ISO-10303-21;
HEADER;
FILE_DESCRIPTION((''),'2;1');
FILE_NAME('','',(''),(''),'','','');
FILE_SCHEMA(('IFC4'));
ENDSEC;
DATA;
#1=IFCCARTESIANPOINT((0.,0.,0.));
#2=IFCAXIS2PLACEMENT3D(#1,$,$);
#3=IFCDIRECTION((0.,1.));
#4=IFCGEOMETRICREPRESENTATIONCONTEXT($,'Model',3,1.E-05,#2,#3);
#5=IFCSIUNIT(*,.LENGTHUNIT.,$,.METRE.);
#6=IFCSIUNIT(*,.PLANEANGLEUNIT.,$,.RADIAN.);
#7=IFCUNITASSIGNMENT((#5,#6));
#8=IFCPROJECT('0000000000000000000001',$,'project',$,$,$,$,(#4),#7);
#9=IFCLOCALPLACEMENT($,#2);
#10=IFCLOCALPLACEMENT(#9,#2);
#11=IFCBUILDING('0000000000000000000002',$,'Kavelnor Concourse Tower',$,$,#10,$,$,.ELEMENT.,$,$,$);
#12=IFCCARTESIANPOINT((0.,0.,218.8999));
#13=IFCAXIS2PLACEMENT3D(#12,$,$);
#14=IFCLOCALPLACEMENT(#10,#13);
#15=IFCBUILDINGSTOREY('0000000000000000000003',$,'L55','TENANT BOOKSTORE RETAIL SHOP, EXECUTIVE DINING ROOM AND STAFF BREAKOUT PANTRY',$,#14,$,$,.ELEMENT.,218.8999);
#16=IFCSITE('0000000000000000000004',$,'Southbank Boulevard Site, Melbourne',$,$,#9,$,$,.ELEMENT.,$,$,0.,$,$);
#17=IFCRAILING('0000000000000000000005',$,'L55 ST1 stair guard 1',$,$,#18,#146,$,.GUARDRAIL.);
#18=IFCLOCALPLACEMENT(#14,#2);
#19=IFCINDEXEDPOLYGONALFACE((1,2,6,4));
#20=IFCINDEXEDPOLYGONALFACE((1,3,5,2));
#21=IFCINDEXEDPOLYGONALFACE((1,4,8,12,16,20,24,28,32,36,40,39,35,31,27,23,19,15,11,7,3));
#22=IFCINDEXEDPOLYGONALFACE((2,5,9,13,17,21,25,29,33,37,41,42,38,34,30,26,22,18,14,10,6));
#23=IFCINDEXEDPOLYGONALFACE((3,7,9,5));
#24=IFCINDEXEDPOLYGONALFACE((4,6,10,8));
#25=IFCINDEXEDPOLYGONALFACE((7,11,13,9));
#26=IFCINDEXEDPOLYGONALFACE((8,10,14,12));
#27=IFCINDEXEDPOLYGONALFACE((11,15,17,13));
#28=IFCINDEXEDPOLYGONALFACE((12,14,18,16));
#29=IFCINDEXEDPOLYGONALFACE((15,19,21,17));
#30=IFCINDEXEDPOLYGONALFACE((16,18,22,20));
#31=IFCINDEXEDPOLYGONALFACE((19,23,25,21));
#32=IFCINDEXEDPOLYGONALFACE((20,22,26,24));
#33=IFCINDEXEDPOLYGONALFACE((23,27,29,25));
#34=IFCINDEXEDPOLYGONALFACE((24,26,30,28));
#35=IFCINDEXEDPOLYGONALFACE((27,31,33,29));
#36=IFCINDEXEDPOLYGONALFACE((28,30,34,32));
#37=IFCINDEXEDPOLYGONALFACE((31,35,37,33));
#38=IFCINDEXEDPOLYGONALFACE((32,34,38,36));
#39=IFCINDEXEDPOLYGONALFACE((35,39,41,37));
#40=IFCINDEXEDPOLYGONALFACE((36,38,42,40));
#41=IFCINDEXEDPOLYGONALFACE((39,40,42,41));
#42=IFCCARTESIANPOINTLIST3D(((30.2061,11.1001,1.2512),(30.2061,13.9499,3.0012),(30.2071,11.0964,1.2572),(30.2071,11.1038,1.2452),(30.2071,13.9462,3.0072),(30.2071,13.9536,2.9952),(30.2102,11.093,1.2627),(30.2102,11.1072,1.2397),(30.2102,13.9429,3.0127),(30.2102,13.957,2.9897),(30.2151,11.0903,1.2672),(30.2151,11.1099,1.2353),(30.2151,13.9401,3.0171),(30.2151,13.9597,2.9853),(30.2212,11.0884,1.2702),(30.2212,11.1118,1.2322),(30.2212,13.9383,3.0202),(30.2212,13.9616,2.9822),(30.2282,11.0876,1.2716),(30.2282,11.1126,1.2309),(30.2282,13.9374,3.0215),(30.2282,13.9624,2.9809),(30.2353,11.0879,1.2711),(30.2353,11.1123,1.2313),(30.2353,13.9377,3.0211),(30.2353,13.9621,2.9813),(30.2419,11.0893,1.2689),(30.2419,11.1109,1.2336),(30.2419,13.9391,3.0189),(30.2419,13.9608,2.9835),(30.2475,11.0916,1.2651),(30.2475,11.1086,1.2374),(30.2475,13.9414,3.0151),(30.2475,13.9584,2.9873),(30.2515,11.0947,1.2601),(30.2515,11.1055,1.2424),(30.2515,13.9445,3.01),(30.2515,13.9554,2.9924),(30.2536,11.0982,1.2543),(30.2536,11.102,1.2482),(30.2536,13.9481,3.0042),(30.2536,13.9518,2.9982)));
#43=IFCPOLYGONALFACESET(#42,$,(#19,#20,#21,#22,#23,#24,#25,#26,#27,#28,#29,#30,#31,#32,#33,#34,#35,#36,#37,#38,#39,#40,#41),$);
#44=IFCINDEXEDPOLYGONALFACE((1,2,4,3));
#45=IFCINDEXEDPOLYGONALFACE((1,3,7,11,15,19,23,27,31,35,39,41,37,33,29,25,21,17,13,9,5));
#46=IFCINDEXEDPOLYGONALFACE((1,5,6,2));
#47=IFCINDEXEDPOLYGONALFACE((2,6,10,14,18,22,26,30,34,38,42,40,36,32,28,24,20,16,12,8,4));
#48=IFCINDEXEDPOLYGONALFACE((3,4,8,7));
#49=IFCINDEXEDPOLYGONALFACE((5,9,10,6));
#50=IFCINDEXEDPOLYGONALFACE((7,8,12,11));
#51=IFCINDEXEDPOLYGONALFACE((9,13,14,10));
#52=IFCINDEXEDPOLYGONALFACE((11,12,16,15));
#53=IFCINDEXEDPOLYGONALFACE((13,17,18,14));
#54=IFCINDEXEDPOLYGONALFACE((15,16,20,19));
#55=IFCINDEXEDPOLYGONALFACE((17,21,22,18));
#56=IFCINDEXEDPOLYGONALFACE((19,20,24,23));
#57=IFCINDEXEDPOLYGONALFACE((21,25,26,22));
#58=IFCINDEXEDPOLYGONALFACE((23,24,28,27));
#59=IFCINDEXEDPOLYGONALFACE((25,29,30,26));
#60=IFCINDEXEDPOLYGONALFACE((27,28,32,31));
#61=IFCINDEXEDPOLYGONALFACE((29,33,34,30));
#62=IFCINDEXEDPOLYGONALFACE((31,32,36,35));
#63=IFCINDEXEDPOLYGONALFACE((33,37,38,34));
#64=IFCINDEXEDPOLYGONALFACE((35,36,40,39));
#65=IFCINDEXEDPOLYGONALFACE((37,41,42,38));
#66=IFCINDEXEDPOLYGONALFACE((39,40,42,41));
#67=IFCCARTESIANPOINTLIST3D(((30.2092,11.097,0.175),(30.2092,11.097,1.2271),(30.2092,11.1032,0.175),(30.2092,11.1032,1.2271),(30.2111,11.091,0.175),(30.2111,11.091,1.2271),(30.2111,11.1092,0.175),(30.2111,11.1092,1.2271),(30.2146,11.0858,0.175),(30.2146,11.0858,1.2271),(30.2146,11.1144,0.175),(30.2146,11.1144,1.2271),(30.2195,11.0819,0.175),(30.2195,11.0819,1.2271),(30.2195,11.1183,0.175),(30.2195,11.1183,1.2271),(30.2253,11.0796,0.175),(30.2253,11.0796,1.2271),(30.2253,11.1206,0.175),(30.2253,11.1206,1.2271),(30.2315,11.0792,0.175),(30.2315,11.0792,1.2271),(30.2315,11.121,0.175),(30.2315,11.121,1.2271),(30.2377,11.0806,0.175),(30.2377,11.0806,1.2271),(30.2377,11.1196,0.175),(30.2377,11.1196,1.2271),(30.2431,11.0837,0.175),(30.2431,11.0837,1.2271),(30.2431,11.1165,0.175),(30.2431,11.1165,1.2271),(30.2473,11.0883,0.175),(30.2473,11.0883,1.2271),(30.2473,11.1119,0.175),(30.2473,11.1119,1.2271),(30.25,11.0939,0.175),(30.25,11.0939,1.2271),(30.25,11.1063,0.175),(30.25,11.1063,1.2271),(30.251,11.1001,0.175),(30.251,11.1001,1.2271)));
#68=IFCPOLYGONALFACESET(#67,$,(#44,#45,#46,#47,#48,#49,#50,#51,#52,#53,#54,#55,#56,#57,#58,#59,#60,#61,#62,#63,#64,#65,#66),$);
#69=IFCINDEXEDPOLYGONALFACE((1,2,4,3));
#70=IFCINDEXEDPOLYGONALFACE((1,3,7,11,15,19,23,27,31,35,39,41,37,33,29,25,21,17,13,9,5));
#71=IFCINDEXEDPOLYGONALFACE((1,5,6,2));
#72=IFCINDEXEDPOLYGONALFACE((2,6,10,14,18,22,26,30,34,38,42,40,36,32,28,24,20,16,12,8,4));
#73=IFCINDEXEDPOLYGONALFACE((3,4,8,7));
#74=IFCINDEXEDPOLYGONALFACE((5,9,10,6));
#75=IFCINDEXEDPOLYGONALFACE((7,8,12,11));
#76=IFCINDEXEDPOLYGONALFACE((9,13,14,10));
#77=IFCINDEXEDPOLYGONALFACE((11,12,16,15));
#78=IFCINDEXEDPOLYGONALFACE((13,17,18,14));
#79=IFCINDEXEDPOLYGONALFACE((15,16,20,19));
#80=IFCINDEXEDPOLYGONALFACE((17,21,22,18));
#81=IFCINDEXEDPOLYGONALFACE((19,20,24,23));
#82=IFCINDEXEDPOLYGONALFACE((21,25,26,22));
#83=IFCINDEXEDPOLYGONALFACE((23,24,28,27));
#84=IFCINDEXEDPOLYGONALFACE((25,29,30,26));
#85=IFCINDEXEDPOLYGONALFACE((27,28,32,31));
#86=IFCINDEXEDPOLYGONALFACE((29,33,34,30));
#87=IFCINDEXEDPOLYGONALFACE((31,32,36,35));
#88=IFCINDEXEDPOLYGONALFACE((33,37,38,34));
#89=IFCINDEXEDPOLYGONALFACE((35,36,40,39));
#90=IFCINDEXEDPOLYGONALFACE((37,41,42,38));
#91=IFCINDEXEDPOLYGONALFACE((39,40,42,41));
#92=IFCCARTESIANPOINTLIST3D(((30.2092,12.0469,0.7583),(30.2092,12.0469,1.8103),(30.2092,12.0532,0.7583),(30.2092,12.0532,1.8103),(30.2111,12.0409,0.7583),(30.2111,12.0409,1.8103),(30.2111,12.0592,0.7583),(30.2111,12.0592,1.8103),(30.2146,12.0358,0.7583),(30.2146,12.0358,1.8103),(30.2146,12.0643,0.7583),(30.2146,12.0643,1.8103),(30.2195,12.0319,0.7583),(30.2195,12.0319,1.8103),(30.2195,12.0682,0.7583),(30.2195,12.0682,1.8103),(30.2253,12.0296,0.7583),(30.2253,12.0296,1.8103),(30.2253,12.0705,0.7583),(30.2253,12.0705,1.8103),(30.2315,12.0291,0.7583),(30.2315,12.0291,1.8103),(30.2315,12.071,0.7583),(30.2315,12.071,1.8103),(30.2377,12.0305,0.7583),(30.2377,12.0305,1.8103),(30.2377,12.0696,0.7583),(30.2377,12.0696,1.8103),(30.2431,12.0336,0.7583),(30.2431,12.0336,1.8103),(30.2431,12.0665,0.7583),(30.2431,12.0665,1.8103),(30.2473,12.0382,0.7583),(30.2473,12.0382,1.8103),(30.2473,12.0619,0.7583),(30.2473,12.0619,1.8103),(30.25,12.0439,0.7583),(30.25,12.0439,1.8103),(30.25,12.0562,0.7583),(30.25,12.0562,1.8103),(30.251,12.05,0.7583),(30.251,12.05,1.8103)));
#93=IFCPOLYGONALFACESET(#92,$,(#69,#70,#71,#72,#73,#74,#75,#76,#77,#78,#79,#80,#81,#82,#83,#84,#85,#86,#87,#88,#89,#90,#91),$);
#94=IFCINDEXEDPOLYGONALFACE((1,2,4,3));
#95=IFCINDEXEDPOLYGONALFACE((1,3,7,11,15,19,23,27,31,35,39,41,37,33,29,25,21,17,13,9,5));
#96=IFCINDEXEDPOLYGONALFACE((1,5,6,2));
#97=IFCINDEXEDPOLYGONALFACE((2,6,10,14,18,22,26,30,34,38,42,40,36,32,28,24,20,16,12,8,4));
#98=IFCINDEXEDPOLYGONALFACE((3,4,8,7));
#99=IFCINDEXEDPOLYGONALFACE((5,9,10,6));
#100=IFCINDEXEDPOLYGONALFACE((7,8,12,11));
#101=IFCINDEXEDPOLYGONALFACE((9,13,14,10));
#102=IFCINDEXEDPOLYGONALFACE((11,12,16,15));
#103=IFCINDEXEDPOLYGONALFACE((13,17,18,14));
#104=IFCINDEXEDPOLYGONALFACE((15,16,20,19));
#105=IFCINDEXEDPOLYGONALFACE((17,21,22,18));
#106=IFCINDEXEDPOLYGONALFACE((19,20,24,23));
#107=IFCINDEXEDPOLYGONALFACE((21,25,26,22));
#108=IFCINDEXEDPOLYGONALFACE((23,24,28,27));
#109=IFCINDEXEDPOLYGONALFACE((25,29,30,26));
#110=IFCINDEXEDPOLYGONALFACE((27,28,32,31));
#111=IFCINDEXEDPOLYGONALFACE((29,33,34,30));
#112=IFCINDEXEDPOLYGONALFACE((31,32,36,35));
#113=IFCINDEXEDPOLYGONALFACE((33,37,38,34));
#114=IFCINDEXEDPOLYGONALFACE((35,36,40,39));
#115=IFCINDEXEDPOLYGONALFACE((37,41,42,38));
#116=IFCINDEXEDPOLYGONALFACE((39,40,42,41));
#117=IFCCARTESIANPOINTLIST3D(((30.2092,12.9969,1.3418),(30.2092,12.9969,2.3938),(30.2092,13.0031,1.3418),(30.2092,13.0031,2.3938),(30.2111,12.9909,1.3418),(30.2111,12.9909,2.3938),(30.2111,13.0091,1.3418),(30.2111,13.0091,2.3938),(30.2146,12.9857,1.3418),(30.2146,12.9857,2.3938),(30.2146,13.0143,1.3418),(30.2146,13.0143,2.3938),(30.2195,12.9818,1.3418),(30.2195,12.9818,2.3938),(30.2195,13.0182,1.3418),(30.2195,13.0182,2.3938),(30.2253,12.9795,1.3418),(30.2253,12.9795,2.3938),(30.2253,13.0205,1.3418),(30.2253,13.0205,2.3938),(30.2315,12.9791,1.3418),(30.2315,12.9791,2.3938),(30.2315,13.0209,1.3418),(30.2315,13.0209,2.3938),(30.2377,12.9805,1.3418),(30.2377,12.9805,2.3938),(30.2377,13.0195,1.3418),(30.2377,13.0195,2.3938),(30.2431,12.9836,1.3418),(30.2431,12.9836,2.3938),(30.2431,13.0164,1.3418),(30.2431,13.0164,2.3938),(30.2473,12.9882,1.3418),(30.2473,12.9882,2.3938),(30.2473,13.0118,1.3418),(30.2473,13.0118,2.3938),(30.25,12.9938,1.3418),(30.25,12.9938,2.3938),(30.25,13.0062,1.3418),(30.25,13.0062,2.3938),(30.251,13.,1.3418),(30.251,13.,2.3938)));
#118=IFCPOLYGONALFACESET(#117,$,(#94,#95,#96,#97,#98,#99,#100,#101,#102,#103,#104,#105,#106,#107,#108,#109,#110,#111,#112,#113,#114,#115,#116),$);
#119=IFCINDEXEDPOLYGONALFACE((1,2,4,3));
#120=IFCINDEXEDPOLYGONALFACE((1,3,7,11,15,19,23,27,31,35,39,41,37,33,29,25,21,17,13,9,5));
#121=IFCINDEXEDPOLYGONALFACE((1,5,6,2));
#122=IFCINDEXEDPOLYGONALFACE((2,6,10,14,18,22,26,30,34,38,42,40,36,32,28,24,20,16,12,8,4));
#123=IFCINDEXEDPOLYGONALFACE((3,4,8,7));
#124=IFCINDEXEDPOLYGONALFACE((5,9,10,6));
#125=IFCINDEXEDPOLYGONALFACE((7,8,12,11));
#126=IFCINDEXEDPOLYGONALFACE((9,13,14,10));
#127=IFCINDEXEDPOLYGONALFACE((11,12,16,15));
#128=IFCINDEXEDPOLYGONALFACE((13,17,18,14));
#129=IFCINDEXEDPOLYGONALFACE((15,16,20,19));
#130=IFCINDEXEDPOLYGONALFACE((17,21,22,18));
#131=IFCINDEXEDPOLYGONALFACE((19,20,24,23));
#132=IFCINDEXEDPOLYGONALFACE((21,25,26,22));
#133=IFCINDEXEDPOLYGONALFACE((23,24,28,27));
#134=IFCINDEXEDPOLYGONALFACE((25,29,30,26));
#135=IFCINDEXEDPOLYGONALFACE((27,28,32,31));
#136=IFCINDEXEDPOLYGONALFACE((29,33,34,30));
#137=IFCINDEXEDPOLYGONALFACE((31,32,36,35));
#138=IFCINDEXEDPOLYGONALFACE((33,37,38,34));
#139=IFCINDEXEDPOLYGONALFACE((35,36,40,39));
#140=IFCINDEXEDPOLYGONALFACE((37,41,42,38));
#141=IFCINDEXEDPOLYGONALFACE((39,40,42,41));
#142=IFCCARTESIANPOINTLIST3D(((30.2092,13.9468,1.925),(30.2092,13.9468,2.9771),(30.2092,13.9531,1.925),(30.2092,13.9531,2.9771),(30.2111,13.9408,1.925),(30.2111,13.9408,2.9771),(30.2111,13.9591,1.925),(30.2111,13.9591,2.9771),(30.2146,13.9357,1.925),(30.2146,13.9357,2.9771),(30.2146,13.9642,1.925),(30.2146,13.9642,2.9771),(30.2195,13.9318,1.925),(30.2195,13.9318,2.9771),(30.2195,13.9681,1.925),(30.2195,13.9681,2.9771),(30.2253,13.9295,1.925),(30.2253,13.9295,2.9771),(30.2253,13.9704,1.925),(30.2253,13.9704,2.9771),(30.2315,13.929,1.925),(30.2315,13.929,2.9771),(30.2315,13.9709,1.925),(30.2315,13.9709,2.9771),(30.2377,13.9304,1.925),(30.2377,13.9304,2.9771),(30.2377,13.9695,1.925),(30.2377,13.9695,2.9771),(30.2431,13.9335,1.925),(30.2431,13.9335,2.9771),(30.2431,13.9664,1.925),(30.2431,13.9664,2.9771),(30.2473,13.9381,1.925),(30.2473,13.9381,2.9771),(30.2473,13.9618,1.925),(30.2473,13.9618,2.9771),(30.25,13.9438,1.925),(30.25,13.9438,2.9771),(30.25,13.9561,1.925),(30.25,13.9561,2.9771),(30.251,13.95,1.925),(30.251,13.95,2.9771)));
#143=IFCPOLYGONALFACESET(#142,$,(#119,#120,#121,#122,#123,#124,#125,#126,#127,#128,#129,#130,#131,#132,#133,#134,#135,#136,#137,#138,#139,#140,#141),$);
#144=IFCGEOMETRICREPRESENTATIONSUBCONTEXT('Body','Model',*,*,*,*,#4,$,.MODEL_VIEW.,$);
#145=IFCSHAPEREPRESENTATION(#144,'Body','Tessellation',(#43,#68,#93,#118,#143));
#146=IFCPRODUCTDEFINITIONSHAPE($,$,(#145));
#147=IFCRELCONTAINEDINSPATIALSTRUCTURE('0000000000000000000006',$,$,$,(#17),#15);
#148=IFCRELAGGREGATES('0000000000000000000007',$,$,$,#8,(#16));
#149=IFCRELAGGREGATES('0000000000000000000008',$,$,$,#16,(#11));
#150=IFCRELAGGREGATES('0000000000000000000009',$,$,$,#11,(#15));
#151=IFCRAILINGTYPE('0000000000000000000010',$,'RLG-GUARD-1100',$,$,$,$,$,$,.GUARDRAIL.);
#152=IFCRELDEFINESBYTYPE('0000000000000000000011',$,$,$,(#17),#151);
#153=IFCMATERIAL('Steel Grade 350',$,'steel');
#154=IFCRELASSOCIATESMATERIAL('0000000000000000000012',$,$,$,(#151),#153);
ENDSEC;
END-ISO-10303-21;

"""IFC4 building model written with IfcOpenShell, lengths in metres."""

from ifc_helpers import new_model, si_unit, direction, frame, origin, origin_2d, place, context, subcontext, project, spatial, circle, extrude, material, type_object, element, save


model = new_model("IFC4")

# Units and contexts
model_context = context("Model", 3, precision=1e-05, world=origin(), true_north=direction((0.0, 1.0)))
body_context = subcontext(model_context, "Body", "Model", "MODEL_VIEW")
ifc_project = project(units=[si_unit("LENGTHUNIT", "METRE"), si_unit("PLANEANGLEUNIT", "RADIAN")], contexts=[model_context])

# Site, building, storey
site_placement = place(None, origin())
site = spatial("IfcSite", under=ifc_project, at=site_placement, Name="Southbank Boulevard Site, Melbourne", CompositionType="ELEMENT", RefElevation=0.0)
building_placement = place(site_placement, origin())
building = spatial("IfcBuilding", under=site, at=building_placement, Name="Kavelnor Concourse Tower", CompositionType="ELEMENT")
storey_placement = place(building_placement, frame((0.0, 0.0, 218.8999)))
storey = spatial("IfcBuildingStorey", under=building, at=storey_placement, Name="L55", Description="TENANT BOOKSTORE RETAIL SHOP, EXECUTIVE DINING ROOM AND STAFF BREAKOUT PANTRY", CompositionType="ELEMENT", Elevation=218.8999)

# Shared definitions
ifc_material_1 = material(Name="Steel Grade 350", Category="steel")

# Railing
railing_type_1 = type_object("IfcRailingType", Name="RLG-GUARD-1100", PredefinedType="GUARDRAIL", material=ifc_material_1)
railing_1_placement = place(storey_placement, frame((30.23, 11.1001, 0.175)))
element("IfcRailing", 1, at=railing_1_placement, inside=storey, type_object=railing_type_1, Name="L55 ST1 stair guard 1", PredefinedType="GUARDRAIL", context=body_context, shape_type="SweptSolid", body=[
    extrude(circle(Radius=0.0239, at=origin_2d()), frame((0.0, 0.0, 1.0762), z_axis=(0.0, 0.852159, 0.523283), x_axis=(-1.0, 0.0, 0.0)), (0.0, 0.0, 1.0), 3.3442),
    extrude(circle(Radius=0.021, at=origin_2d()), origin(), (0.0, 0.0, 1.0), 1.052),
    extrude(circle(Radius=0.021, at=origin_2d()), frame((0.0, 0.95, 0.5833)), (0.0, 0.0, 1.0), 1.052),
    extrude(circle(Radius=0.021, at=origin_2d()), frame((0.0, 1.8999, 1.1667)), (0.0, 0.0, 1.0), 1.052),
    extrude(circle(Radius=0.021, at=origin_2d()), frame((0.0, 2.8499, 1.75)), (0.0, 0.0, 1.0), 1.052),
])

save(model, "model.ifc")
